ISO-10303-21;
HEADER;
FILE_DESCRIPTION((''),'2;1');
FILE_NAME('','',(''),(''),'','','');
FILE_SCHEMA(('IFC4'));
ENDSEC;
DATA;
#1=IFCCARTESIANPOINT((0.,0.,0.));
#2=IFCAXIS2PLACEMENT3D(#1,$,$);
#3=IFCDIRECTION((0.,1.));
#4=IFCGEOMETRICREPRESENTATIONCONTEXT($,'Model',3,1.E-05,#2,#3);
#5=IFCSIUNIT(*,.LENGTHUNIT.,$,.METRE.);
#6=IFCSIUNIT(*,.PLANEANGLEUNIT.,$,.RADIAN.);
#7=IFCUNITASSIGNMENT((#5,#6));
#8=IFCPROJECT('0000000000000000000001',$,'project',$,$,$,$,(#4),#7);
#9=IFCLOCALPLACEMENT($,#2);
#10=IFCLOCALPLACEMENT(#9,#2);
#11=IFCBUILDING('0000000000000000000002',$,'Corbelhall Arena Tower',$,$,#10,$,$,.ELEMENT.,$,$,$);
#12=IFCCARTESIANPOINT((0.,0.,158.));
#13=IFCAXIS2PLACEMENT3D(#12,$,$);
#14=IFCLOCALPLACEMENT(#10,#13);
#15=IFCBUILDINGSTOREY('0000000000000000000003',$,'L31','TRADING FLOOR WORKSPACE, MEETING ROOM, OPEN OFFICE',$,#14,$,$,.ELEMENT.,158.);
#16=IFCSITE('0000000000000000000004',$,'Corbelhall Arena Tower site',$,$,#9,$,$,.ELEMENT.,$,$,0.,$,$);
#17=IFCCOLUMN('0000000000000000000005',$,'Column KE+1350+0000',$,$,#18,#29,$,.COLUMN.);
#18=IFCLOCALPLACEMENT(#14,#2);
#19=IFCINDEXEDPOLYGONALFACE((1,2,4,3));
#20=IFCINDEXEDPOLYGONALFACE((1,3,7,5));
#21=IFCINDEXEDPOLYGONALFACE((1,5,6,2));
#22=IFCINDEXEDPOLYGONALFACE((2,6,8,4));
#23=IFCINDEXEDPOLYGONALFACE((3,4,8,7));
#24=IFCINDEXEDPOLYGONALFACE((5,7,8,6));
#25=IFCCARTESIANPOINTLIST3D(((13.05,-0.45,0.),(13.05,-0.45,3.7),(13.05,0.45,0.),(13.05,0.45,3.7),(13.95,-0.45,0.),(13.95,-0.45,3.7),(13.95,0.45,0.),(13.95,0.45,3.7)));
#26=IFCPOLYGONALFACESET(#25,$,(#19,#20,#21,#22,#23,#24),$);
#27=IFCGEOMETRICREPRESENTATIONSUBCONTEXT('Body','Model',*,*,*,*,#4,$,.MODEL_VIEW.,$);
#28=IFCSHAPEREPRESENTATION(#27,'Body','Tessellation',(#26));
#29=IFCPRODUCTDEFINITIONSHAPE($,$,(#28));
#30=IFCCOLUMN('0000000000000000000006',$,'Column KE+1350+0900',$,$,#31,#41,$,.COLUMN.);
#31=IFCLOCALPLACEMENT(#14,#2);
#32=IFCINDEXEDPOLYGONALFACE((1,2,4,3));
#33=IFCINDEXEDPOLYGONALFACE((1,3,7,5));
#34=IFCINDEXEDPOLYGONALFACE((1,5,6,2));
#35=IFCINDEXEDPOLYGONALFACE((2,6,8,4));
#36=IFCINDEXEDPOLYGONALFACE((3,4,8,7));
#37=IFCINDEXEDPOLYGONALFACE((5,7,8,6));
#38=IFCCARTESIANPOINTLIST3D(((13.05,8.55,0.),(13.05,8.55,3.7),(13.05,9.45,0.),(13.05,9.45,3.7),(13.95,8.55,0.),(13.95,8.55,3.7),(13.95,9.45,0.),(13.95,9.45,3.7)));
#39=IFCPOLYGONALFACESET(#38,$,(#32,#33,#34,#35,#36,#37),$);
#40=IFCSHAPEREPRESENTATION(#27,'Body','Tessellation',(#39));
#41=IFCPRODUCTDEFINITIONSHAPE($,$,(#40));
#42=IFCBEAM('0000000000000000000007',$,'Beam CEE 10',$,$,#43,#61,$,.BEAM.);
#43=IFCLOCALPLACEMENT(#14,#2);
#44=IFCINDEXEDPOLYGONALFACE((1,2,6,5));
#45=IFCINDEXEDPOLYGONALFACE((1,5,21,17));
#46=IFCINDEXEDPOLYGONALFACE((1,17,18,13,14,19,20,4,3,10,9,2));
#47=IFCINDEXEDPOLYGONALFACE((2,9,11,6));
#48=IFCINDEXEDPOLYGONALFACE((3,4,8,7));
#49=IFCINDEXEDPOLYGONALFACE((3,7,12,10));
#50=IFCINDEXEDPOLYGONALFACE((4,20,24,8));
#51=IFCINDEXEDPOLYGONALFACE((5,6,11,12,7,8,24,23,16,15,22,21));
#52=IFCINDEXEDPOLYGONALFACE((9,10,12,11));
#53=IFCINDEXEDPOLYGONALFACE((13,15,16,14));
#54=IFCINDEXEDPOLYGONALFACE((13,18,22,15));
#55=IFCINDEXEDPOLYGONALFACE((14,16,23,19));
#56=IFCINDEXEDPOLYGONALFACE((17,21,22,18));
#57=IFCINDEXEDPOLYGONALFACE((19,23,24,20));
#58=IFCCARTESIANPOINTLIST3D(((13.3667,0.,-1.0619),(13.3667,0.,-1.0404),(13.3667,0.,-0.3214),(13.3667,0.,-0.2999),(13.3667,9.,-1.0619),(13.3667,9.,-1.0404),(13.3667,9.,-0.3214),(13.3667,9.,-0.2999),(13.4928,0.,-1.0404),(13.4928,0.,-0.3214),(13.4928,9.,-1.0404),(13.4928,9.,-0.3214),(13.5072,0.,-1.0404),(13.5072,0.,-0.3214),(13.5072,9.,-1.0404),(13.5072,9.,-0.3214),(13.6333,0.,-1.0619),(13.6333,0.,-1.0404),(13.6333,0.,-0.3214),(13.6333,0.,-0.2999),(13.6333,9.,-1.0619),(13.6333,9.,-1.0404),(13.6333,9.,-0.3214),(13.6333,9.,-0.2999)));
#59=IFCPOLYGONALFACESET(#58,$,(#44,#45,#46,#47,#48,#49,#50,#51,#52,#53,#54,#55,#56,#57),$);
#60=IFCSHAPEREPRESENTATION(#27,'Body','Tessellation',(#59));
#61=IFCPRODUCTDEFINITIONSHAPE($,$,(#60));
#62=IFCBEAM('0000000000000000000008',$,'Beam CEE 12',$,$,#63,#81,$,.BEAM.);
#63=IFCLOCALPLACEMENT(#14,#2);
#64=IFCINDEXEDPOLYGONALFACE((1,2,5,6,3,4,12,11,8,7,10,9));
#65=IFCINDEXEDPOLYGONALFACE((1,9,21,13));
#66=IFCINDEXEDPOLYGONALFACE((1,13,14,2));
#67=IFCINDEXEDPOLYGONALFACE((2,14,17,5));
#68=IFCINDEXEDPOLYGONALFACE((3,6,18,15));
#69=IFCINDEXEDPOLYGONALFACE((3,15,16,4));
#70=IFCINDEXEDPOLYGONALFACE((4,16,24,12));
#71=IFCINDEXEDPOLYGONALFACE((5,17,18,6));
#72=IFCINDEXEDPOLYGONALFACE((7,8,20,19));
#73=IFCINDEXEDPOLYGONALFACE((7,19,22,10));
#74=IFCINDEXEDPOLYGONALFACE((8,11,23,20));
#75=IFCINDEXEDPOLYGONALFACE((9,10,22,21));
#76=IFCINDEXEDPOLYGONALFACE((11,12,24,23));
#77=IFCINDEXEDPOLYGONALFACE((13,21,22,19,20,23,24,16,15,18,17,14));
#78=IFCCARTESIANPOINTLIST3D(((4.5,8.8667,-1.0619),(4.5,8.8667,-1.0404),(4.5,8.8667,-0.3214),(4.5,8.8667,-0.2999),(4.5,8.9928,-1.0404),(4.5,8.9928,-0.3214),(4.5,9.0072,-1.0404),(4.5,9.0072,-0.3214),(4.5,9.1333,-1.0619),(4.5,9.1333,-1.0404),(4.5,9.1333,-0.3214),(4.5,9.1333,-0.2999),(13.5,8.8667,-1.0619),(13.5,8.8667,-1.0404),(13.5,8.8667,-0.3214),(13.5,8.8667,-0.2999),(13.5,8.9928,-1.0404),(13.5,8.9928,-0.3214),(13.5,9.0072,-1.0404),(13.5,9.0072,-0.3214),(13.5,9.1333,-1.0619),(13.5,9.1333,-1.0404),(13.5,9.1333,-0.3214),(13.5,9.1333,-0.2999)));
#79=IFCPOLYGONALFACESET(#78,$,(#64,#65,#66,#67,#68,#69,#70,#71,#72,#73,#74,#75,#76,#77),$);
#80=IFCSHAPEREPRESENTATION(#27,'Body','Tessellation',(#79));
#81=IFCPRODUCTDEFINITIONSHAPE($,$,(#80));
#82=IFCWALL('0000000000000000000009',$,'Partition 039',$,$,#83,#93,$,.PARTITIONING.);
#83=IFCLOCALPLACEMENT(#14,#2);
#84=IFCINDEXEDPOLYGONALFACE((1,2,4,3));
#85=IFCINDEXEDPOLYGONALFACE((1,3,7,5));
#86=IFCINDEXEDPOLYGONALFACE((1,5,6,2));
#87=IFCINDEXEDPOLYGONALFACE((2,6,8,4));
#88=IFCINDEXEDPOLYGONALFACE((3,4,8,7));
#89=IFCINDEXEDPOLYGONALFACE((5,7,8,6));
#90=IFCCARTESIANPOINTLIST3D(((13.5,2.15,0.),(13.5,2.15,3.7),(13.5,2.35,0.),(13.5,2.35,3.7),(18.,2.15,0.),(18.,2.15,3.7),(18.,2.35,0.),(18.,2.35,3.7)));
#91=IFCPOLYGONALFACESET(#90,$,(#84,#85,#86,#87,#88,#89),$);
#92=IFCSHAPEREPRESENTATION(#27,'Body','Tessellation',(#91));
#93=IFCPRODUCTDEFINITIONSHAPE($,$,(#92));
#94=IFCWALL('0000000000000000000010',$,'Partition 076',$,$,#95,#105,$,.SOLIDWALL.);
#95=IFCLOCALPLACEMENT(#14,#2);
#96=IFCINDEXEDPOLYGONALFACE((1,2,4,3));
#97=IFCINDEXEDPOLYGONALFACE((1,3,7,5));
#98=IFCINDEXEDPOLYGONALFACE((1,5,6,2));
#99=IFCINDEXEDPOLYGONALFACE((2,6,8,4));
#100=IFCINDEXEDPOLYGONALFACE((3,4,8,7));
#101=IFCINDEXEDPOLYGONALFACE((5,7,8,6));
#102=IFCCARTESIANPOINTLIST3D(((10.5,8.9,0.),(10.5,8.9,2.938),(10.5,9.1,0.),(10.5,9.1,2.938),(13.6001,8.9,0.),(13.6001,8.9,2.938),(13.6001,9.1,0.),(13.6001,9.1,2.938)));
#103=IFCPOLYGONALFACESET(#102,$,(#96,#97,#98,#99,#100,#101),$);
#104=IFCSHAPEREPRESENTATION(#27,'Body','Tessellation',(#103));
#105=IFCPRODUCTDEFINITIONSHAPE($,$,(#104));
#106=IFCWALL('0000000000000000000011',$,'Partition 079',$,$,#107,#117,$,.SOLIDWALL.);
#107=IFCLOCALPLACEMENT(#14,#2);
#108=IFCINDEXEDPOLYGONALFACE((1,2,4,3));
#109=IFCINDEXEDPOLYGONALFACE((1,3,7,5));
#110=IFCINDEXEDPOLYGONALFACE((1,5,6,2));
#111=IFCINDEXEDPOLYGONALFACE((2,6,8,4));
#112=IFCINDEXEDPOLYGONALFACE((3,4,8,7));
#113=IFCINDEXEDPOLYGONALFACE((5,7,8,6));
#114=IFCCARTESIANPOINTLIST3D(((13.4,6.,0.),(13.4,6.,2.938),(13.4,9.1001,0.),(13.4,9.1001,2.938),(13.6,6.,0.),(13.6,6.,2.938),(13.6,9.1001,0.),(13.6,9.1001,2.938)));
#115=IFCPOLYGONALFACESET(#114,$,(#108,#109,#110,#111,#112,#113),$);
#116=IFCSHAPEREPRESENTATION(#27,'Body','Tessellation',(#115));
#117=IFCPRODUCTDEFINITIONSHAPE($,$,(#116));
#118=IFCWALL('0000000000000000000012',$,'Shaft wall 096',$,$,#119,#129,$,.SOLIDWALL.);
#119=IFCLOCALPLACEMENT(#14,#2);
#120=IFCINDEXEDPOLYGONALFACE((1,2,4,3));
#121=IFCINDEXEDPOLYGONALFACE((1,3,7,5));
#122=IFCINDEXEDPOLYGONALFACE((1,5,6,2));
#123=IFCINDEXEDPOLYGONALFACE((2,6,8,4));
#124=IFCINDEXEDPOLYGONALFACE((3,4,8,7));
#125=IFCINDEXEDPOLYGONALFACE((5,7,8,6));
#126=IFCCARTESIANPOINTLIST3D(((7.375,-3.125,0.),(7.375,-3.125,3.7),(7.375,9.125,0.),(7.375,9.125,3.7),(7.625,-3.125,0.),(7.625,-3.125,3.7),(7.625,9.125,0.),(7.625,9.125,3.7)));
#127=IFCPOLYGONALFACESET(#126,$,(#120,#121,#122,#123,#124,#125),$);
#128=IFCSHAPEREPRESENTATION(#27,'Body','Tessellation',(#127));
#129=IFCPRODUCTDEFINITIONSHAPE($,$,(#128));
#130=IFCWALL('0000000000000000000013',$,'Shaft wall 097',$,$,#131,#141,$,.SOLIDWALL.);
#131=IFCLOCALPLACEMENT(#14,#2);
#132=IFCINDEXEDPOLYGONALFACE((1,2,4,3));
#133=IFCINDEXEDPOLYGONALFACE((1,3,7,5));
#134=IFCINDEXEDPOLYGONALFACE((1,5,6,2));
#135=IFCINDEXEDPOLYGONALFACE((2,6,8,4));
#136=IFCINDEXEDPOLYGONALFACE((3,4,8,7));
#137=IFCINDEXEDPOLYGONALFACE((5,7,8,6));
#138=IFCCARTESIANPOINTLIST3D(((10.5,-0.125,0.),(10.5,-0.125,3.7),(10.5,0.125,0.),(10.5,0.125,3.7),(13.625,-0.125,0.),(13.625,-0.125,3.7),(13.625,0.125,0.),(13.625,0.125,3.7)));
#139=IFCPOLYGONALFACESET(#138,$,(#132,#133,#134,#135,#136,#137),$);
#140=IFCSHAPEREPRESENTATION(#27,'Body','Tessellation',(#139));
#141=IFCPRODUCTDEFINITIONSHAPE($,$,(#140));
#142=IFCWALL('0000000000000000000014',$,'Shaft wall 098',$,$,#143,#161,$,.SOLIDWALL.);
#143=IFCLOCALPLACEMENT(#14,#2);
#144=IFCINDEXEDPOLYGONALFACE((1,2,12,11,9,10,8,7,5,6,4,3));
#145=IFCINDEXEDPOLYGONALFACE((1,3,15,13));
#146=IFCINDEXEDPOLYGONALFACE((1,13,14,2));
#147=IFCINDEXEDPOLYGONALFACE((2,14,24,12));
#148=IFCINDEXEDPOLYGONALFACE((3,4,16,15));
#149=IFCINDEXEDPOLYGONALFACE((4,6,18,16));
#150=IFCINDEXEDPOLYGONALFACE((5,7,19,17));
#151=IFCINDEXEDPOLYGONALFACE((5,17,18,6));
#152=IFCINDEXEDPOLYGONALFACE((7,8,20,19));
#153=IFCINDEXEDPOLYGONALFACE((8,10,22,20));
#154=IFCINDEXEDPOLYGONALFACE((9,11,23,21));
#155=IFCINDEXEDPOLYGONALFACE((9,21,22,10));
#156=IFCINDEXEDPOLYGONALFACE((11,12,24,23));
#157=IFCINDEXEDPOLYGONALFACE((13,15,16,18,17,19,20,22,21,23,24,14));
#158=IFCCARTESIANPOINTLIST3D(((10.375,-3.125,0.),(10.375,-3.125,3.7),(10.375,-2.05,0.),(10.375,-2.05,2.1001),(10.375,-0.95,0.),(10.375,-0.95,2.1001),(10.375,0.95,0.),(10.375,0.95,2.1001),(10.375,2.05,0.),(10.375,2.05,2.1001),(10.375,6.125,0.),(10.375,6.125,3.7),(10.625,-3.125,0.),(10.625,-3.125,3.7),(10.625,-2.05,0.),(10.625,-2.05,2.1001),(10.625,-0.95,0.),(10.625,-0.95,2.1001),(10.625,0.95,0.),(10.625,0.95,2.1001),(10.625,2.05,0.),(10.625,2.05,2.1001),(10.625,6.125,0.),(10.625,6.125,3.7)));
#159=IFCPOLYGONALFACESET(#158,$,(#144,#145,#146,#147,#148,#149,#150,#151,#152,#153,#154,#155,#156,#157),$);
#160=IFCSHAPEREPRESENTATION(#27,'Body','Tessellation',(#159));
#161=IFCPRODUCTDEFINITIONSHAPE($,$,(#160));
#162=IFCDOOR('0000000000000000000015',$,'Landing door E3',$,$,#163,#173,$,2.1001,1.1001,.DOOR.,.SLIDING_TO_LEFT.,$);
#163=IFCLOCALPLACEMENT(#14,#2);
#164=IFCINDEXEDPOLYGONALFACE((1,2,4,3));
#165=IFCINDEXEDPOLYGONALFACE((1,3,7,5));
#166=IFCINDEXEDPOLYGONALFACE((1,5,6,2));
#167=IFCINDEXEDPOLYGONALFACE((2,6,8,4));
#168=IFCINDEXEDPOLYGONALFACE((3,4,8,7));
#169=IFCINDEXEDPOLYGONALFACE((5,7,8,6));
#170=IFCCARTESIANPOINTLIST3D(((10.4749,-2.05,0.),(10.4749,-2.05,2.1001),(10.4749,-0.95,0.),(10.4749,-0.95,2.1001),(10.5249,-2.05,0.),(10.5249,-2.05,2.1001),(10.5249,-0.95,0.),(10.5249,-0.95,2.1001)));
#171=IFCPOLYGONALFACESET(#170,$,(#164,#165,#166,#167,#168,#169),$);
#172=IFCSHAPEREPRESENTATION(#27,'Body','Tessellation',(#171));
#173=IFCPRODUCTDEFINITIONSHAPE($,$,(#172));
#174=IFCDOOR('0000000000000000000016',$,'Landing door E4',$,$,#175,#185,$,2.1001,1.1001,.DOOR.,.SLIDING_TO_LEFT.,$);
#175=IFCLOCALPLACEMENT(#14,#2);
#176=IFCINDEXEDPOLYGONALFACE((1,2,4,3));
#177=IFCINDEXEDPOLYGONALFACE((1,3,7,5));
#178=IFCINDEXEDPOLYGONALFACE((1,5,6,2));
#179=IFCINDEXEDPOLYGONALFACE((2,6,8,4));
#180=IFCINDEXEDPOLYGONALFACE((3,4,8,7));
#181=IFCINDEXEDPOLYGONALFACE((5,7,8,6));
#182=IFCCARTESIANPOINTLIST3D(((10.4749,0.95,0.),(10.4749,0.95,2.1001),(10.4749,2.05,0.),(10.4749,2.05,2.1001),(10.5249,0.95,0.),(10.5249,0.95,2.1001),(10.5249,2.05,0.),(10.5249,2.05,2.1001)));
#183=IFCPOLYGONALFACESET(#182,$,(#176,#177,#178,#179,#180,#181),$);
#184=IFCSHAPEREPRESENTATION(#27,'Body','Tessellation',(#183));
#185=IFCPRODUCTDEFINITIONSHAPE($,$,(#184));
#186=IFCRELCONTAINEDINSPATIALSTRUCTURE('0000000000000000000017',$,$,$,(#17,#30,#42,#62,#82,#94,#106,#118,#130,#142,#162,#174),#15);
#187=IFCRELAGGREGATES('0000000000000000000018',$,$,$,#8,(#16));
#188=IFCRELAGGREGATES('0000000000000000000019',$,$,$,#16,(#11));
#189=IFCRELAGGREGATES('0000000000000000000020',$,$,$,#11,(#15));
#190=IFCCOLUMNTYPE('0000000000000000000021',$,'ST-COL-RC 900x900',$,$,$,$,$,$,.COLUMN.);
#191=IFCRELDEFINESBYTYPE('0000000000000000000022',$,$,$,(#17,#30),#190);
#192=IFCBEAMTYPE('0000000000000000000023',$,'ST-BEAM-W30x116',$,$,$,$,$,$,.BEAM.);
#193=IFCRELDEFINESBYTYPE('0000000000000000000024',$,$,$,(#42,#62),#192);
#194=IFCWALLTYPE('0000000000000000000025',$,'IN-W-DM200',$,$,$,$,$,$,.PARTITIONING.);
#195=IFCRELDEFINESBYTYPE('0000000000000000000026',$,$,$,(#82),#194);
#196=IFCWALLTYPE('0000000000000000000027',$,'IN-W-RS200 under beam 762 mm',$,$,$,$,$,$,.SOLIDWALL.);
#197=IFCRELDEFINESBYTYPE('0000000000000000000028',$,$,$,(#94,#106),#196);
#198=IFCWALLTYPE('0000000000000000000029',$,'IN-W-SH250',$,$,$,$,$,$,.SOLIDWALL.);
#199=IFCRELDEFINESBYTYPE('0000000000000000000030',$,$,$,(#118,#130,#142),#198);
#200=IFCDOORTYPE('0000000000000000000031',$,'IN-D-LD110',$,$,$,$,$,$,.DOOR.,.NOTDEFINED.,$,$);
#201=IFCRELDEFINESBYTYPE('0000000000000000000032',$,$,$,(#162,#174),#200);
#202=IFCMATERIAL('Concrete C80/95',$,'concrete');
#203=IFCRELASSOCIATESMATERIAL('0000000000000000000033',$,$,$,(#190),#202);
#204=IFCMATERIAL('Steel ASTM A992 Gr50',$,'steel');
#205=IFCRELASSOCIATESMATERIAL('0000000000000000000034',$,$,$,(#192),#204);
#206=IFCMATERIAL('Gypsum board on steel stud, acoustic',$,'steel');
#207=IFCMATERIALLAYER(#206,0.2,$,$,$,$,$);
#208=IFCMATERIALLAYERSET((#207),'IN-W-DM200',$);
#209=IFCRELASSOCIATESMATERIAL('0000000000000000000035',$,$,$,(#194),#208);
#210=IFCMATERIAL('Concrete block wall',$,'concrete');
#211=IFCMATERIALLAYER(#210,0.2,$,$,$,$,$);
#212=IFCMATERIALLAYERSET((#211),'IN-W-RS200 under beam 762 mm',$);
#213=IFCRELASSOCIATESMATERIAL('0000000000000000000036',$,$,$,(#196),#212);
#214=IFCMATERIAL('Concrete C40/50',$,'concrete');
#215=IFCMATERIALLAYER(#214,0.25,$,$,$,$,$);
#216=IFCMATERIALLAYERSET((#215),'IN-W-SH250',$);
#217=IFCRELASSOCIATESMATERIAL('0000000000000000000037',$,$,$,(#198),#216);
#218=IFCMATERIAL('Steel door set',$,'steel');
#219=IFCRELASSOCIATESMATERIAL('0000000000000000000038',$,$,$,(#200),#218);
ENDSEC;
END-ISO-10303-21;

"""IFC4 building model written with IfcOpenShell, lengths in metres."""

from ifc_helpers import new_model, si_unit, direction, frame, frame_2d, origin, origin_2d, place, context, subcontext, project, spatial, rectangle, i_section, extrude, material, layer, layer_set, material_profile, profile_set, type_object, element, fill, save


model = new_model("IFC4")

# Units and contexts
model_context = context("Model", 3, precision=1e-05, world=origin(), true_north=direction((0.0, 1.0)))
body_context = subcontext(model_context, "Body", "Model", "MODEL_VIEW")
ifc_project = project(units=[si_unit("LENGTHUNIT", "METRE"), si_unit("PLANEANGLEUNIT", "RADIAN")], contexts=[model_context])

# Site, building, storey
site_placement = place(None, origin())
site = spatial("IfcSite", under=ifc_project, at=site_placement, Name="Corbelhall Arena Tower site", CompositionType="ELEMENT", RefElevation=0.0)
building_placement = place(site_placement, origin())
building = spatial("IfcBuilding", under=site, at=building_placement, Name="Corbelhall Arena Tower", CompositionType="ELEMENT")
storey_placement = place(building_placement, frame((0.0, 0.0, 158.0)))
storey = spatial("IfcBuildingStorey", under=building, at=storey_placement, Name="L31", Description="TRADING FLOOR WORKSPACE, MEETING ROOM, OPEN OFFICE", CompositionType="ELEMENT", Elevation=158.0)

# Columns
ifc_material_1 = material(Name="Concrete C80/95", Category="concrete")
ifc_material_profile_1 = material_profile(ifc_material_1, rectangle(XDim=0.8999, YDim=0.8999, at=origin_2d()))
ifc_profile_set_1 = profile_set([ifc_material_profile_1], Name="Concrete C80/95")
column_type = type_object("IfcColumnType", Name="ST-COL-RC 900x900", PredefinedType="COLUMN", material=ifc_profile_set_1)
for number, where, z_axis, x_axis, name in (
    (1, (13.5, 0.0, 0.0), (0.0, 0.0, 1.0), (1.0, 0.0, 0.0), "Column KE+1350+0000"),
    (2, (13.5, 9.0, 0.0), (0.0, 0.0, 1.0), (1.0, 0.0, 0.0), "Column KE+1350+0900"),
):
    element("IfcColumn", number, at=place(storey_placement, frame(where, z_axis=z_axis, x_axis=x_axis)), inside=storey, type_object=column_type, Name=name, PredefinedType="COLUMN", context=body_context, shape_type="SweptSolid", body=[
        extrude(rectangle(XDim=0.8999, YDim=0.8999, at=origin_2d()), origin(), (0.0, 0.0, 1.0), 3.7),
    ])

# Beams
ifc_material_2 = material(Name="Steel ASTM A992 Gr50", Category="steel")
ifc_material_profile_2 = material_profile(ifc_material_2, i_section(OverallWidth=0.2666, OverallDepth=0.762, WebThickness=0.0144, FlangeThickness=0.0215, at=origin_2d()))
ifc_profile_set_2 = profile_set([ifc_material_profile_2], Name="Steel ASTM A992 Gr50")
beam_type = type_object("IfcBeamType", Name="ST-BEAM-W30x116", PredefinedType="BEAM", material=ifc_profile_set_2)
for number, where, z_axis, x_axis, name in (
    (3, (13.5, 0.0, -0.6809), (0.0, 1.0, 0.0), (-1.0, 0.0, 0.0), "Beam CEE 10"),
    (4, (4.5, 9.0, -0.6809), (1.0, 0.0, 0.0), (0.0, 1.0, 0.0), "Beam CEE 12"),
):
    element("IfcBeam", number, at=place(storey_placement, frame(where, z_axis=z_axis, x_axis=x_axis)), inside=storey, type_object=beam_type, Name=name, PredefinedType="BEAM", context=body_context, shape_type="SweptSolid", body=[
        extrude(i_section(OverallWidth=0.2666, OverallDepth=0.762, WebThickness=0.0144, FlangeThickness=0.0215, at=origin_2d()), origin(), (0.0, 0.0, 1.0), 9.0),
    ])

# Wall
ifc_material_3 = material(Name="Gypsum board on steel stud, acoustic", Category="steel")
ifc_layer_1 = layer(ifc_material_3, 0.2)
ifc_layer_set_1 = layer_set([ifc_layer_1], Name="IN-W-DM200")
wall_type_1 = type_object("IfcWallType", Name="IN-W-DM200", PredefinedType="PARTITIONING", material=ifc_layer_set_1)
wall_1_placement = place(storey_placement, frame((13.5, 2.25, 0.0), z_axis=(0.0, 0.0, 1.0), x_axis=(1.0, 0.0, 0.0)))
element("IfcWall", 5, at=wall_1_placement, inside=storey, type_object=wall_type_1, Name="Partition 039", PredefinedType="PARTITIONING", context=body_context, shape_type="SweptSolid", body=[
    extrude(rectangle(XDim=4.5, YDim=0.2, at=frame_2d((2.25, 0.0))), origin(), (0.0, 0.0, 1.0), 3.7),
])

# Shared definitions
ifc_material_4 = material(Name="Concrete block wall", Category="concrete")
ifc_material_5 = material(Name="Steel door set", Category="steel")

# Walls
ifc_layer_2 = layer(ifc_material_4, 0.2)
ifc_layer_set_2 = layer_set([ifc_layer_2], Name="IN-W-RS200 under beam 762 mm")
wall_type_2 = type_object("IfcWallType", Name="IN-W-RS200 under beam 762 mm", PredefinedType="SOLIDWALL", material=ifc_layer_set_2)
for number, where, z_axis, x_axis, name in (
    (6, (10.5, 9.0, 0.0), (0.0, 0.0, 1.0), (1.0, 0.0, 0.0), "Partition 076"),
    (7, (13.5, 9.1001, 0.0), (0.0, 0.0, 1.0), (0.0, -1.0, 0.0), "Partition 079"),
):
    element("IfcWall", number, at=place(storey_placement, frame(where, z_axis=z_axis, x_axis=x_axis)), inside=storey, type_object=wall_type_2, Name=name, PredefinedType="SOLIDWALL", context=body_context, shape_type="SweptSolid", body=[
        extrude(rectangle(XDim=3.1001, YDim=0.2, at=frame_2d((1.55, 0.0))), origin(), (0.0, 0.0, 1.0), 2.938),
    ])
ifc_material_6 = material(Name="Concrete C40/50", Category="concrete")
ifc_layer_3 = layer(ifc_material_6, 0.25)
ifc_layer_set_3 = layer_set([ifc_layer_3], Name="IN-W-SH250")
wall_type_3 = type_object("IfcWallType", Name="IN-W-SH250", PredefinedType="SOLIDWALL", material=ifc_layer_set_3)
wall_2_placement = place(storey_placement, frame((7.5, 9.125, 0.0), z_axis=(0.0, 0.0, 1.0), x_axis=(0.0, -1.0, 0.0)))
element("IfcWall", 8, at=wall_2_placement, inside=storey, type_object=wall_type_3, Name="Shaft wall 096", PredefinedType="SOLIDWALL", context=body_context, shape_type="SweptSolid", body=[
    extrude(rectangle(XDim=12.25, YDim=0.25, at=frame_2d((6.125, 0.0))), origin(), (0.0, 0.0, 1.0), 3.7),
])
wall_3_placement = place(storey_placement, frame((10.5, 0.0, 0.0), z_axis=(0.0, 0.0, 1.0), x_axis=(1.0, 0.0, 0.0)))
element("IfcWall", 9, at=wall_3_placement, inside=storey, type_object=wall_type_3, Name="Shaft wall 097", PredefinedType="SOLIDWALL", context=body_context, shape_type="SweptSolid", body=[
    extrude(rectangle(XDim=3.125, YDim=0.25, at=frame_2d((1.5625, 0.0))), origin(), (0.0, 0.0, 1.0), 3.7),
])

# Wall, openings, doors
wall_4_placement = place(storey_placement, frame((10.5, 6.125, 0.0), z_axis=(0.0, 0.0, 1.0), x_axis=(0.0, -1.0, 0.0)))
wall_4 = element("IfcWall", 10, at=wall_4_placement, inside=storey, type_object=wall_type_3, Name="Shaft wall 098", PredefinedType="SOLIDWALL", context=body_context, shape_type="SweptSolid", body=[
    extrude(rectangle(XDim=9.25, YDim=0.25, at=frame_2d((4.625, 0.0))), origin(), (0.0, 0.0, 1.0), 3.7),
])
opening_1_placement = place(wall_4_placement, frame((7.075, 0.0, 0.0)))
opening_1 = element("IfcOpeningElement", 11, at=opening_1_placement, cuts=wall_4, PredefinedType="OPENING", context=body_context, shape_type="SweptSolid", body=[
    extrude(rectangle(XDim=1.1001, YDim=2.1001, at=frame_2d((0.55, 1.05))), frame((0.0, 0.125, 0.0), z_axis=(0.0, -1.0, 0.0), x_axis=(1.0, 0.0, 0.0)), (0.0, 0.0, 1.0), 0.25),
])
opening_2_placement = place(wall_4_placement, frame((4.075, 0.0, 0.0)))
opening_2 = element("IfcOpeningElement", 12, at=opening_2_placement, cuts=wall_4, PredefinedType="OPENING", context=body_context, shape_type="SweptSolid", body=[
    extrude(rectangle(XDim=1.1001, YDim=2.1001, at=frame_2d((0.55, 1.05))), frame((0.0, 0.125, 0.0), z_axis=(0.0, -1.0, 0.0), x_axis=(1.0, 0.0, 0.0)), (0.0, 0.0, 1.0), 0.25),
])
door_type_1 = type_object("IfcDoorType", Name="IN-D-LD110", OperationType="NOTDEFINED", PredefinedType="DOOR", material=ifc_material_5)
door_1_placement = place(opening_1_placement, origin())
door_1 = element("IfcDoor", 13, at=door_1_placement, inside=storey, type_object=door_type_1, Name="Landing door E3", OperationType="SLIDING_TO_LEFT", OverallHeight=2.1001, OverallWidth=1.1001, PredefinedType="DOOR", context=body_context, shape_type="SweptSolid", body=[
    extrude(rectangle(XDim=1.1001, YDim=2.1001, at=frame_2d((0.55, 1.05))), frame((0.0, 0.0249, 0.0), z_axis=(0.0, -1.0, 0.0), x_axis=(1.0, 0.0, 0.0)), (0.0, 0.0, 1.0), 0.05),
])
fill(opening_1, door_1)
door_2_placement = place(opening_2_placement, origin())
door_2 = element("IfcDoor", 14, at=door_2_placement, inside=storey, type_object=door_type_1, Name="Landing door E4", OperationType="SLIDING_TO_LEFT", OverallHeight=2.1001, OverallWidth=1.1001, PredefinedType="DOOR", context=body_context, shape_type="SweptSolid", body=[
    extrude(rectangle(XDim=1.1001, YDim=2.1001, at=frame_2d((0.55, 1.05))), frame((0.0, 0.0249, 0.0), z_axis=(0.0, -1.0, 0.0), x_axis=(1.0, 0.0, 0.0)), (0.0, 0.0, 1.0), 0.05),
])
fill(opening_2, door_2)

save(model, "model.ifc")
